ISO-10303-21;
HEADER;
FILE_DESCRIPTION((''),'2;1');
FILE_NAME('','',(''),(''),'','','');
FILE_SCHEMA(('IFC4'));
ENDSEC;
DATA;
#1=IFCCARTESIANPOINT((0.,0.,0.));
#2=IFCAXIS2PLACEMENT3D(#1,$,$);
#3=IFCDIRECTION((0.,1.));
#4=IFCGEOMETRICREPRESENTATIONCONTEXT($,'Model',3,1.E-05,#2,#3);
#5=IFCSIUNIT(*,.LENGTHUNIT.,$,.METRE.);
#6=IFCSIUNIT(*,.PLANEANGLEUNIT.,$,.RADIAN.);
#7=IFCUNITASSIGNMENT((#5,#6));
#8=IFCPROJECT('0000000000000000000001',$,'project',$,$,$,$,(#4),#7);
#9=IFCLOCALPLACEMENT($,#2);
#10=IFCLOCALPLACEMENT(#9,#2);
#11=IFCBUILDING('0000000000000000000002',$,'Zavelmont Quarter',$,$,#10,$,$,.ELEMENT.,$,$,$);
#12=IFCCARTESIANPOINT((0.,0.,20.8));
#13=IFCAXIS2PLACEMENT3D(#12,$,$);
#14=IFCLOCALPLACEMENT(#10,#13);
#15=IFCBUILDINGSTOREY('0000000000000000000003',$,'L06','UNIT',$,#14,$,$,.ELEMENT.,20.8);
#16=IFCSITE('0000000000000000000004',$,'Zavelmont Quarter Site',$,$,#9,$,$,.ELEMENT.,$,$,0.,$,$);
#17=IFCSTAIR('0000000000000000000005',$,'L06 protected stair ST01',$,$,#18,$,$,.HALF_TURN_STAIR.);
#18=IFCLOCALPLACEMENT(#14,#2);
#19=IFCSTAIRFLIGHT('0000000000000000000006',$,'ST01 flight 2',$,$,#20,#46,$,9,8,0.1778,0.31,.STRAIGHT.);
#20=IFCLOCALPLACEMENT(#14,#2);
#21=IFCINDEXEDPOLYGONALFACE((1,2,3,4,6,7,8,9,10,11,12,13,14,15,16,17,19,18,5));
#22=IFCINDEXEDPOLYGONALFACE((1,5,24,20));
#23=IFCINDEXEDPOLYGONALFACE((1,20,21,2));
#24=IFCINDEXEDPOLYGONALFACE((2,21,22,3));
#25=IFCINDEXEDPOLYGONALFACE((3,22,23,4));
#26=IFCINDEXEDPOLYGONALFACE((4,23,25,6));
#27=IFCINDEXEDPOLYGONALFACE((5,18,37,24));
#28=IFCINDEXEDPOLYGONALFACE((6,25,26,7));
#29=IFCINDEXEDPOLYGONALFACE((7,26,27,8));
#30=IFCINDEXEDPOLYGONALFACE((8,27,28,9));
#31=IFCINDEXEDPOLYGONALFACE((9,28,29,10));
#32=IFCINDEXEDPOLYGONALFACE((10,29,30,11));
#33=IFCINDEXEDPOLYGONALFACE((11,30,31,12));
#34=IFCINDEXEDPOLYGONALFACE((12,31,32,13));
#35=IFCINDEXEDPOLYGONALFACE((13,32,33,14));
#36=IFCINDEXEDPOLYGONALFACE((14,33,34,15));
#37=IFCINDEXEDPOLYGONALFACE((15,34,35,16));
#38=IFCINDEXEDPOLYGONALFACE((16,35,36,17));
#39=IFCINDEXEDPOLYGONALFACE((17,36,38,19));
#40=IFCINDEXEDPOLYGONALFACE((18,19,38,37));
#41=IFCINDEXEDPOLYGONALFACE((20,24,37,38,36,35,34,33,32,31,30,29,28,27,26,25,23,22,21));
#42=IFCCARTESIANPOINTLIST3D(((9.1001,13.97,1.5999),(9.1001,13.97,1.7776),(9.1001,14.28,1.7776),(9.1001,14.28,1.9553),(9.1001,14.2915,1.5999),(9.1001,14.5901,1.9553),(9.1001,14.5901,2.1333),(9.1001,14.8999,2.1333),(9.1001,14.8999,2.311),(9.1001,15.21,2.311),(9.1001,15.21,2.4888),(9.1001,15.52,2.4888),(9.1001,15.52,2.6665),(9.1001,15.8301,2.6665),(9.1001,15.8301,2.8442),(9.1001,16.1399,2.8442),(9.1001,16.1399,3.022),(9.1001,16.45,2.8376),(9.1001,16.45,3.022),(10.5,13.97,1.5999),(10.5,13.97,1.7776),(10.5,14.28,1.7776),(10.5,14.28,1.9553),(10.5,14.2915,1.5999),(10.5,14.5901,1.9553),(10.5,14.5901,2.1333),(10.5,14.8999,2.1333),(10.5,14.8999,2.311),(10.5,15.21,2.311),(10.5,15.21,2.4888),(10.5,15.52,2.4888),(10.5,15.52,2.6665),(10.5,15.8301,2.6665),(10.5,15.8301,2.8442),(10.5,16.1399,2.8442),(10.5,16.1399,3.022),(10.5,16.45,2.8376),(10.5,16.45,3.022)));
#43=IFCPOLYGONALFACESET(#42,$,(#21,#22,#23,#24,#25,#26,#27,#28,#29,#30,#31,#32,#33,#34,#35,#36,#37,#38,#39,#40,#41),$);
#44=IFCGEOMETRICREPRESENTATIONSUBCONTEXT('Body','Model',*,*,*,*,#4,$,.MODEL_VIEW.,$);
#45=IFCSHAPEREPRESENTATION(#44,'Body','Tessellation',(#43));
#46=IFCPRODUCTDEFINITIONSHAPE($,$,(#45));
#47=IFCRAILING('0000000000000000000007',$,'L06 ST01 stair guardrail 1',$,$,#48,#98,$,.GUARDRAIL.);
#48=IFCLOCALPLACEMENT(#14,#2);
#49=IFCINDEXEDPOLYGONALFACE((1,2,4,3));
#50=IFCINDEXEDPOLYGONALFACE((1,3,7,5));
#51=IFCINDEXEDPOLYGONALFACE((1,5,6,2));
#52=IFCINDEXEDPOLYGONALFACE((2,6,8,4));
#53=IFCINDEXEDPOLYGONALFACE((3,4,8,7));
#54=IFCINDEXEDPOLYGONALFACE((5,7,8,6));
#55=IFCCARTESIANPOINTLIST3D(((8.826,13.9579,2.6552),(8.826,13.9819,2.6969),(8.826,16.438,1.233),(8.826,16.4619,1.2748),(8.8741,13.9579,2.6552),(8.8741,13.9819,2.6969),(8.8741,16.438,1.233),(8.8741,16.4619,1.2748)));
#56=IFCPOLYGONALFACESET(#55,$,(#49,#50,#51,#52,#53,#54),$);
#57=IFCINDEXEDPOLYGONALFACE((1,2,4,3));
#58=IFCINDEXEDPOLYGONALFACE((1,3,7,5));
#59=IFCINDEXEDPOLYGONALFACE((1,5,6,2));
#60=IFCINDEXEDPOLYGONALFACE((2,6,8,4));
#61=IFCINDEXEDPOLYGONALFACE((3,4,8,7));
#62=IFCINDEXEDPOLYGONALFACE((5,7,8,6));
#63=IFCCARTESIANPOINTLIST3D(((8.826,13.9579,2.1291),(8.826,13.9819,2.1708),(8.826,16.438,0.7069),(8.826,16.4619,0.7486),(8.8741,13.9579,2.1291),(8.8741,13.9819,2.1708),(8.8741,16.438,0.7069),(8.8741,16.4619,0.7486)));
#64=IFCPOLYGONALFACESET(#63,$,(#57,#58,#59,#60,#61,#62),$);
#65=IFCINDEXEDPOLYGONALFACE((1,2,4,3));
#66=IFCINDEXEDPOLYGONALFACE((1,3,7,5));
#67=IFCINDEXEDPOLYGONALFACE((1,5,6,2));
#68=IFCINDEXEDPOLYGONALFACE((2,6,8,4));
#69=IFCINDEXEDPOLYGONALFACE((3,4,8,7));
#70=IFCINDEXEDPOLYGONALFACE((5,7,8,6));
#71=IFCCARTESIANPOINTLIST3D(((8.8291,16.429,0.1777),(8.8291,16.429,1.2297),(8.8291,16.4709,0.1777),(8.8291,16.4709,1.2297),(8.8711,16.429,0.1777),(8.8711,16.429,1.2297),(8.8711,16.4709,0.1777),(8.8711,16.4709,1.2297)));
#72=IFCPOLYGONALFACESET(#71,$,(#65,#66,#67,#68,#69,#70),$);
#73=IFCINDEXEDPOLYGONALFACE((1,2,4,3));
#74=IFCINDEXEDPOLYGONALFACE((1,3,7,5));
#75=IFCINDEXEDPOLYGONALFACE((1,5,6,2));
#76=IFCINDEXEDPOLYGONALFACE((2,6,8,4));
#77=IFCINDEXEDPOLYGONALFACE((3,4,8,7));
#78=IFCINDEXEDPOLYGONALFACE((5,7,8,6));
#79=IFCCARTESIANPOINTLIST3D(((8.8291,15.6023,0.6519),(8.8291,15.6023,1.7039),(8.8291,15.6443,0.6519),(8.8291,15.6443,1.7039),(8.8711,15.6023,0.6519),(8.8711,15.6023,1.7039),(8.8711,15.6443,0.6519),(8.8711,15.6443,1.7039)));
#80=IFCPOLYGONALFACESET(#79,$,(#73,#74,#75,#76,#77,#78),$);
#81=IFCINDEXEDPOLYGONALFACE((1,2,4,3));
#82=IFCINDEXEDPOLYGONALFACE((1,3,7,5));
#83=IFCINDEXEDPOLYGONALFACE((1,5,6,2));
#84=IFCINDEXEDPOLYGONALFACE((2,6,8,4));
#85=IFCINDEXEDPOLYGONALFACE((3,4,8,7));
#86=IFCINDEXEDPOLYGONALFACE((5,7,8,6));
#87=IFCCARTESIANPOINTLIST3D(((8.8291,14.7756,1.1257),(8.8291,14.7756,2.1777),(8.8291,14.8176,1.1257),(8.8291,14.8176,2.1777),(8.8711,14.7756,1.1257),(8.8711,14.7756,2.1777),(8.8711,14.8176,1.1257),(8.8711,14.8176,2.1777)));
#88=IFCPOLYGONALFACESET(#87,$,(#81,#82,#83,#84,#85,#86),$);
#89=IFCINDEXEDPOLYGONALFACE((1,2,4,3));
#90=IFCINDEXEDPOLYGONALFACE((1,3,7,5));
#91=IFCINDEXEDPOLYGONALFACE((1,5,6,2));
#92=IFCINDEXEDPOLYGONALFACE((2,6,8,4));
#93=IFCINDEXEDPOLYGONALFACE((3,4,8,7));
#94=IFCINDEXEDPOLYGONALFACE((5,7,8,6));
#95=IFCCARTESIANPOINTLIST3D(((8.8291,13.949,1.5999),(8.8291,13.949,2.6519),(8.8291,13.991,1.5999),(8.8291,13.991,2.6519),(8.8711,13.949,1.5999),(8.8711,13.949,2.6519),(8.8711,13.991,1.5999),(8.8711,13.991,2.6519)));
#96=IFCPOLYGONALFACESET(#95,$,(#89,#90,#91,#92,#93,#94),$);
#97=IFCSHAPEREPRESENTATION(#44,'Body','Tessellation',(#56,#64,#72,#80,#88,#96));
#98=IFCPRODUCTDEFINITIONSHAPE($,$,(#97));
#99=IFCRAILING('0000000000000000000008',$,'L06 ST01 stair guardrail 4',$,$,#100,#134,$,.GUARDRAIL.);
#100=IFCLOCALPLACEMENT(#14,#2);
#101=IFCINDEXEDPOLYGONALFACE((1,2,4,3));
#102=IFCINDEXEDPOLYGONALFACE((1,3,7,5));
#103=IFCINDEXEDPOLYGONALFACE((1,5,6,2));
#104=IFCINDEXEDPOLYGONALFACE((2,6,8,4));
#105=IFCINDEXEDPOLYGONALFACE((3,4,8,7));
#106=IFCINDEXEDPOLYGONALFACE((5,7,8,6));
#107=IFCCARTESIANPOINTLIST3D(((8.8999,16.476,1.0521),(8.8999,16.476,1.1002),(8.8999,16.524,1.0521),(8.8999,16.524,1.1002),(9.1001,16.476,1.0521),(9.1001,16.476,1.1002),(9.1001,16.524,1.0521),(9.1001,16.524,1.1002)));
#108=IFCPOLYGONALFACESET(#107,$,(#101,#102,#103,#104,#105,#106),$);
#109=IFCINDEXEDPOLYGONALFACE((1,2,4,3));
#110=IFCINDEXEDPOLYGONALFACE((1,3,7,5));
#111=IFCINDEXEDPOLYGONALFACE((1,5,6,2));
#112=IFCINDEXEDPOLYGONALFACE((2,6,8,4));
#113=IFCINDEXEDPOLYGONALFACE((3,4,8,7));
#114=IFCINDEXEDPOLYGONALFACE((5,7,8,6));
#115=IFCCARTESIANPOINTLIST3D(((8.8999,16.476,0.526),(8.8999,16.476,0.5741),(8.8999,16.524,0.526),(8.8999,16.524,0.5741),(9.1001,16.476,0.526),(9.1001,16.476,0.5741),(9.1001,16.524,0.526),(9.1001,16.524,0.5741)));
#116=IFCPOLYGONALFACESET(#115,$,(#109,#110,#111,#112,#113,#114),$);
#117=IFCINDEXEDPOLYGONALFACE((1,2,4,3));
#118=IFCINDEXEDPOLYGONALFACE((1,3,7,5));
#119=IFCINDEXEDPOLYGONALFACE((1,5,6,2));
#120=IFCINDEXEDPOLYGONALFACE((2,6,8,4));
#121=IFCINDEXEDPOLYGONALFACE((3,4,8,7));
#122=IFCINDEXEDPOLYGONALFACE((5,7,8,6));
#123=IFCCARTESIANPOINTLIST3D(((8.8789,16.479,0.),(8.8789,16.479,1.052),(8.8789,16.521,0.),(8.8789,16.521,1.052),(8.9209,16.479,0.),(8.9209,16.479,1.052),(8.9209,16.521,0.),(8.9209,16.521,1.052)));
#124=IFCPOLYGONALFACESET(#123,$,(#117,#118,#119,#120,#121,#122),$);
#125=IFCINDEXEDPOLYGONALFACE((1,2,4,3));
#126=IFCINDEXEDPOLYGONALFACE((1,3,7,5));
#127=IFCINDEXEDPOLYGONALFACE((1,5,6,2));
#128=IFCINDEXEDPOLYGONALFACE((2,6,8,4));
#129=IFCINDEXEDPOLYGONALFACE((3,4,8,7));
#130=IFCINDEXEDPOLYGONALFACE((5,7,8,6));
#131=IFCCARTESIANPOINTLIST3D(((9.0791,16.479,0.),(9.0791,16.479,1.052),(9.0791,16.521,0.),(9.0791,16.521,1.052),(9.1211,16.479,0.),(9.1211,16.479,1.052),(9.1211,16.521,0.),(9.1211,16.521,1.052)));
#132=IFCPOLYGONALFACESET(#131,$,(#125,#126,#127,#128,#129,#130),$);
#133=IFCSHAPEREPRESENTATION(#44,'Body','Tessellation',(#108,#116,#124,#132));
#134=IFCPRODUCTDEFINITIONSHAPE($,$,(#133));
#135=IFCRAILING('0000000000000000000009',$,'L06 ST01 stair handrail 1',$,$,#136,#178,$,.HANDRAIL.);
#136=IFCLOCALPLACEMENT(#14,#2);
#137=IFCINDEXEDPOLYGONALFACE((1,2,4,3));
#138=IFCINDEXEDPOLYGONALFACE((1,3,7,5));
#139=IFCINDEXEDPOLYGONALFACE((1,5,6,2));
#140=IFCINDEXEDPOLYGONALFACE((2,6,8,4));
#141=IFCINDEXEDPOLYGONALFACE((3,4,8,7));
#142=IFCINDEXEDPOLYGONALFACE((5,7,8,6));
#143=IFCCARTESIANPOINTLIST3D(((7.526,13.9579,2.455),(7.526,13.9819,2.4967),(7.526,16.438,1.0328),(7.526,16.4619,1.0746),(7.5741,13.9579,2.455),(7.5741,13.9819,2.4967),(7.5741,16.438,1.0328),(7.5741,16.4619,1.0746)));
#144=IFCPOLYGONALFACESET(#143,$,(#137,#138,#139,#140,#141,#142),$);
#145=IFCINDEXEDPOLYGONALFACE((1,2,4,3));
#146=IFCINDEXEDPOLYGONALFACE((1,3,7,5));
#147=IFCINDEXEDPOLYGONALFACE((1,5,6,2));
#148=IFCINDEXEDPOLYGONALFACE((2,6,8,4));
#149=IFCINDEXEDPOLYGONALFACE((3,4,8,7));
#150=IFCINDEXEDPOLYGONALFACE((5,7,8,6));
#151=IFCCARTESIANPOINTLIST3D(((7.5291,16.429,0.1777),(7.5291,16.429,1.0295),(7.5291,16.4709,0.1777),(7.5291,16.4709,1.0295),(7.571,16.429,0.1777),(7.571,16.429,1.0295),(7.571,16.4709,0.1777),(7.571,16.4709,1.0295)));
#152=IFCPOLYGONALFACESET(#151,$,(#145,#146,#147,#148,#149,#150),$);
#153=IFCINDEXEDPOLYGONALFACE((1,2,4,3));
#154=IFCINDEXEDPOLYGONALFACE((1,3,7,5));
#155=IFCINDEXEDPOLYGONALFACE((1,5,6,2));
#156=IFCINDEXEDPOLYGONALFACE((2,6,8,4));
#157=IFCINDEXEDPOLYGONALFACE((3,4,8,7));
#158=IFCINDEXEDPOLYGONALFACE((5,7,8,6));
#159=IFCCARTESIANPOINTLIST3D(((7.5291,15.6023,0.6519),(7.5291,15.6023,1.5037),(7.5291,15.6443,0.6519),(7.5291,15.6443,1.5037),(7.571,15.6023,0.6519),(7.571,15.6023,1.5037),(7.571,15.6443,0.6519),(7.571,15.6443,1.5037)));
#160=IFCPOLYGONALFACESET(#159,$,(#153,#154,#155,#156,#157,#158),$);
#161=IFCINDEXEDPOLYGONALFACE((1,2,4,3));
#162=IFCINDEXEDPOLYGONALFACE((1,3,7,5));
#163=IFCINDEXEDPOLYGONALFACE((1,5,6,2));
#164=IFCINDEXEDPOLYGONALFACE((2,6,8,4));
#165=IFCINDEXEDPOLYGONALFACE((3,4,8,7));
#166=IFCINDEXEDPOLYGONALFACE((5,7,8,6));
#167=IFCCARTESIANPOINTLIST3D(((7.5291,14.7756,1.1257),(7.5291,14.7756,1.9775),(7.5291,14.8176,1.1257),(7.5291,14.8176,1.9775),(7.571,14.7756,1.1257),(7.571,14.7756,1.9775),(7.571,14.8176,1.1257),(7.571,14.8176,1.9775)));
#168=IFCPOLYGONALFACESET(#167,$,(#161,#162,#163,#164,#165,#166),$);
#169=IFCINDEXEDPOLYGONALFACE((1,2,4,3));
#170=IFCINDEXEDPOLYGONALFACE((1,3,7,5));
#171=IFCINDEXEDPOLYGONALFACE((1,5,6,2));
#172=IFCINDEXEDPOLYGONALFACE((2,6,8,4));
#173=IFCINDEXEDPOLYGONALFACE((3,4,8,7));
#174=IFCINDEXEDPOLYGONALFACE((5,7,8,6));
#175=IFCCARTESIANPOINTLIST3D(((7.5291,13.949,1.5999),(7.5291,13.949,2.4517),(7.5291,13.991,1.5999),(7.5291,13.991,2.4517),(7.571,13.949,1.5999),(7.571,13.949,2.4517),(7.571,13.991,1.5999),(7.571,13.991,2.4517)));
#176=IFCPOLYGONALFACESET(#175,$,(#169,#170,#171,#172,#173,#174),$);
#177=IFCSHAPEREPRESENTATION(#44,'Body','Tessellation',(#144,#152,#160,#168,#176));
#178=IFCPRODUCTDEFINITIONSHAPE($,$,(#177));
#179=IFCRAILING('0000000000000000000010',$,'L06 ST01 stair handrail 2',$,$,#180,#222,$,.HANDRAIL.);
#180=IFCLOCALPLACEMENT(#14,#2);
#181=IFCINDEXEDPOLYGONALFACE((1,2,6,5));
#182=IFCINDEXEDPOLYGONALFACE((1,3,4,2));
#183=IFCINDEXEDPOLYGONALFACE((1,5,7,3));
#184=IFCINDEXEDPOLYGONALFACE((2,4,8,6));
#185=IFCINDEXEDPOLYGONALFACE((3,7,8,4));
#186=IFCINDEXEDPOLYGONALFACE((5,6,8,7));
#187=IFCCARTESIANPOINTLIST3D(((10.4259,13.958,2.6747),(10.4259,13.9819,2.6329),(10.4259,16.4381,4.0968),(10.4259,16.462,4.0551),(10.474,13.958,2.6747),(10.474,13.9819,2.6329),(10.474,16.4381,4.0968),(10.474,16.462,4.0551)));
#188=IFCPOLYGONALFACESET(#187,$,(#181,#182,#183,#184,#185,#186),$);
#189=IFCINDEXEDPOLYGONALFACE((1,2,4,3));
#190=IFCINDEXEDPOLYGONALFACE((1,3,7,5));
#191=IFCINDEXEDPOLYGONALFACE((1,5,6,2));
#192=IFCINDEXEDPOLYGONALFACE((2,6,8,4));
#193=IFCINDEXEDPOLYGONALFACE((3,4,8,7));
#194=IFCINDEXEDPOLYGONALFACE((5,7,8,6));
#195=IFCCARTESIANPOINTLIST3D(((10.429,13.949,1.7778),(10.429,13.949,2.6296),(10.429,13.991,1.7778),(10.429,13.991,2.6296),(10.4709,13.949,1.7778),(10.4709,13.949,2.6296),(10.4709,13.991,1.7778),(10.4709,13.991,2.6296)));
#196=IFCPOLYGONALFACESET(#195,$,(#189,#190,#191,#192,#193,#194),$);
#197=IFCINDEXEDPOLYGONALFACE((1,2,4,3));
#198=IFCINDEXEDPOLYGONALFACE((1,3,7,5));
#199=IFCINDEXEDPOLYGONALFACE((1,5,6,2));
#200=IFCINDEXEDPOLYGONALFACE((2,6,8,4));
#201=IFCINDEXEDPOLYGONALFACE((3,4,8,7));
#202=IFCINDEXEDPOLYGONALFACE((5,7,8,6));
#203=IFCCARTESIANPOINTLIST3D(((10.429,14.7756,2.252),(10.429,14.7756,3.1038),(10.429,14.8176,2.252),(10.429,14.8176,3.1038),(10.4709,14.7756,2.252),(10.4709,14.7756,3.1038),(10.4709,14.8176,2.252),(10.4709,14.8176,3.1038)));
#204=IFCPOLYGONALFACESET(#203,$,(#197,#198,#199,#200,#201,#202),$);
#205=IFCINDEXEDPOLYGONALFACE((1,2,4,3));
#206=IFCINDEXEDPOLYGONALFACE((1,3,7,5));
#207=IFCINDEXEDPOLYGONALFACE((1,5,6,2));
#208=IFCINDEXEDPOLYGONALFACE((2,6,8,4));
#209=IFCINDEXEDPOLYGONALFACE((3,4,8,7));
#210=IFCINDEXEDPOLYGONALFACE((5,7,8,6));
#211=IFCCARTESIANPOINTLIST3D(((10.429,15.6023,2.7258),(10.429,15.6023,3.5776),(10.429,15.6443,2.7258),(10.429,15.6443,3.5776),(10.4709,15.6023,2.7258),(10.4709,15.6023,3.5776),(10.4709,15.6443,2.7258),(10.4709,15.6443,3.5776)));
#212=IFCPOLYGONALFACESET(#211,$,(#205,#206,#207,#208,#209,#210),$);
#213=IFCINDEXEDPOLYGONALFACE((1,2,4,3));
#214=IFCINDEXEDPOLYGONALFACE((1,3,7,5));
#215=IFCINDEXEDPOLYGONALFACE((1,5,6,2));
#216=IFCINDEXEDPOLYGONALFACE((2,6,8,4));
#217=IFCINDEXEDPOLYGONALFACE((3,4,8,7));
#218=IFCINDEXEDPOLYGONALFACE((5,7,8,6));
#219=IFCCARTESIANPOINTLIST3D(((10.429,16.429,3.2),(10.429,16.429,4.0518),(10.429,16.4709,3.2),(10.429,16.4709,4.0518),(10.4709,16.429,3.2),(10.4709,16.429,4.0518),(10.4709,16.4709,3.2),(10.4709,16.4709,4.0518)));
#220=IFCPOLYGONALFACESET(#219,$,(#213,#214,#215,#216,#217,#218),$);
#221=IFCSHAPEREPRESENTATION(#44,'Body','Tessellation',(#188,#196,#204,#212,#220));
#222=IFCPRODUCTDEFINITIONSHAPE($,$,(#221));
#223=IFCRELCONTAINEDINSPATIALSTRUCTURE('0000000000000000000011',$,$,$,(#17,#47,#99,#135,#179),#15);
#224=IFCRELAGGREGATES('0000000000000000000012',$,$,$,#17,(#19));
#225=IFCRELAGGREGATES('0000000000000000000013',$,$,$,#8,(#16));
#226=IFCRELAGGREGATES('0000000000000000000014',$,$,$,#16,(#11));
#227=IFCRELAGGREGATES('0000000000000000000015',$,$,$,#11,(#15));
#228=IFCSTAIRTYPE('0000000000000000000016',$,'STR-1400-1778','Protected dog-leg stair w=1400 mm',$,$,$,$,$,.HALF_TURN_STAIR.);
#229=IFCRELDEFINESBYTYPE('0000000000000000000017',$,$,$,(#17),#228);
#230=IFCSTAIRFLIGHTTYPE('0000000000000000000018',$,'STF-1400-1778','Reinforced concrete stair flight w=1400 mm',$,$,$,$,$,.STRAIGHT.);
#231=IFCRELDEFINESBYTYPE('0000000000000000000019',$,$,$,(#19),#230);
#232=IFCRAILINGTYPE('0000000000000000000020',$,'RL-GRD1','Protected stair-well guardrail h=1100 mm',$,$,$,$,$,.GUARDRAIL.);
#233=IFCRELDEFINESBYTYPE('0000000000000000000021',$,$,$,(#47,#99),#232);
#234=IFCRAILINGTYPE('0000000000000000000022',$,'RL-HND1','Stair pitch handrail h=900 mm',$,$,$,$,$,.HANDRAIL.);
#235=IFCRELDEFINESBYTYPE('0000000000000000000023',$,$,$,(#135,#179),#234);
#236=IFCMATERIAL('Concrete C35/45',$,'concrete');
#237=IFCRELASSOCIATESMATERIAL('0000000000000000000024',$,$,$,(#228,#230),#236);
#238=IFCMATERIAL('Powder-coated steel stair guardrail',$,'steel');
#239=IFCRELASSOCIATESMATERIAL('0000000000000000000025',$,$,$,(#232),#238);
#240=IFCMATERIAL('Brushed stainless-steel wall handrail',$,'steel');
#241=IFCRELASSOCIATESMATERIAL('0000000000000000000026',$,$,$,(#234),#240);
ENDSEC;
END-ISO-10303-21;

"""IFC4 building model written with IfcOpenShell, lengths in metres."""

from ifc_helpers import new_model, si_unit, direction, frame, origin, origin_2d, place, context, subcontext, project, spatial, polyline, rectangle, outline, extrude, material, type_object, element, aggregate, save


model = new_model("IFC4")

# Units and contexts
model_context = context("Model", 3, precision=1e-05, world=origin(), true_north=direction((0.0, 1.0)))
body_context = subcontext(model_context, "Body", "Model", "MODEL_VIEW")
ifc_project = project(units=[si_unit("LENGTHUNIT", "METRE"), si_unit("PLANEANGLEUNIT", "RADIAN")], contexts=[model_context])

# Site, building, storey
site_placement = place(None, origin())
site = spatial("IfcSite", under=ifc_project, at=site_placement, Name="Zavelmont Quarter Site", CompositionType="ELEMENT", RefElevation=0.0)
building_placement = place(site_placement, origin())
building = spatial("IfcBuilding", under=site, at=building_placement, Name="Zavelmont Quarter", CompositionType="ELEMENT")
storey_placement = place(building_placement, frame((0.0, 0.0, 20.8)))
storey = spatial("IfcBuildingStorey", under=building, at=storey_placement, Name="L06", Description="UNIT", CompositionType="ELEMENT", Elevation=20.8)

# Shared definitions
ifc_material_1 = material(Name="Concrete C35/45", Category="concrete")

# Stair, stair flight
stair_type = type_object("IfcStairType", Name="STR-1400-1778", Description="Protected dog-leg stair w=1400 mm", PredefinedType="HALF_TURN_STAIR", material=ifc_material_1)
stair_placement = place(storey_placement, origin())
stair = element("IfcStair", 1, at=stair_placement, inside=storey, type_object=stair_type, Name="L06 protected stair ST01", PredefinedType="HALF_TURN_STAIR")
stair_flight_type = type_object("IfcStairFlightType", Name="STF-1400-1778", Description="Reinforced concrete stair flight w=1400 mm", PredefinedType="STRAIGHT", material=ifc_material_1)
stair_flight_1_placement = place(storey_placement, frame((9.8, 13.97, 1.5999), z_axis=(0.0, 0.0, 1.0), x_axis=(0.0, 1.0, 0.0)))
stair_flight_1 = element("IfcStairFlight", 2, at=stair_flight_1_placement, type_object=stair_flight_type, Name="ST01 flight 2", NumberOfRisers=9, NumberOfTreads=8, PredefinedType="STRAIGHT", RiserHeight=0.1778, TreadLength=0.31, context=body_context, shape_type="SweptSolid", body=[
    extrude(outline(polyline([(0.0, 0.0), (0.0, 0.1777), (0.3101, 0.1777), (0.3101, 0.3555), (0.6201, 0.3555), (0.6201, 0.5334), (0.9299, 0.5334), (0.9299, 0.7112), (1.24, 0.7112), (1.24, 0.8889), (1.55, 0.8889), (1.55, 1.0667), (1.8601, 1.0667), (1.8601, 1.2444), (2.1699, 1.2444), (2.1699, 1.4221), (2.48, 1.4221), (2.48, 1.6001), (2.48, 1.2378), (0.3215, 0.0), (0.0, 0.0)])), frame((0.0, 0.7, 0.0), z_axis=(0.0, -1.0, 0.0), x_axis=(1.0, 0.0, 0.0)), (0.0, 0.0, 1.0), 1.3999),
])
aggregate(stair, [stair_flight_1])

# Railings
ifc_material_2 = material(Name="Powder-coated steel stair guardrail", Category="steel")
railing_type_1 = type_object("IfcRailingType", Name="RL-GRD1", Description="Protected stair-well guardrail h=1100 mm", PredefinedType="GUARDRAIL", material=ifc_material_2)
railing_1_placement = place(storey_placement, frame((8.8501, 16.45, 0.1777)))
element("IfcRailing", 3, at=railing_1_placement, inside=storey, type_object=railing_type_1, Name="L06 ST01 stair guardrail 1", PredefinedType="GUARDRAIL", context=body_context, shape_type="SweptSolid", body=[
    extrude(rectangle(XDim=0.0481, YDim=0.0481, at=origin_2d()), frame((0.0, 0.0, 1.0762), z_axis=(0.0, -0.867491, 0.497454), x_axis=(1.0, 0.0, 0.0)), (0.0, 0.0, 1.0), 2.8589),
    extrude(rectangle(XDim=0.0481, YDim=0.0481, at=origin_2d()), frame((0.0, 0.0, 0.55), z_axis=(0.0, -0.867491, 0.497454), x_axis=(1.0, 0.0, 0.0)), (0.0, 0.0, 1.0), 2.8589),
    extrude(rectangle(XDim=0.042, YDim=0.042, at=origin_2d()), origin(), (0.0, 0.0, 1.0), 1.052),
    extrude(rectangle(XDim=0.042, YDim=0.042, at=origin_2d()), frame((0.0, -0.8267, 0.4741)), (0.0, 0.0, 1.0), 1.052),
    extrude(rectangle(XDim=0.042, YDim=0.042, at=origin_2d()), frame((0.0, -1.6533, 0.948)), (0.0, 0.0, 1.0), 1.052),
    extrude(rectangle(XDim=0.042, YDim=0.042, at=origin_2d()), frame((0.0, -2.48, 1.4221)), (0.0, 0.0, 1.0), 1.052),
])
railing_2_placement = place(storey_placement, frame((8.8999, 16.5, 0.0)))
element("IfcRailing", 4, at=railing_2_placement, inside=storey, type_object=railing_type_1, Name="L06 ST01 stair guardrail 4", PredefinedType="GUARDRAIL", context=body_context, shape_type="SweptSolid", body=[
    extrude(rectangle(XDim=0.0481, YDim=0.0481, at=origin_2d()), frame((0.0, 0.0, 1.0762), z_axis=(1.0, 0.0, 0.0), x_axis=(0.0, 1.0, 0.0)), (0.0, 0.0, 1.0), 0.2002),
    extrude(rectangle(XDim=0.0481, YDim=0.0481, at=origin_2d()), frame((0.0, 0.0, 0.55), z_axis=(1.0, 0.0, 0.0), x_axis=(0.0, 1.0, 0.0)), (0.0, 0.0, 1.0), 0.2002),
    extrude(rectangle(XDim=0.042, YDim=0.042, at=origin_2d()), origin(), (0.0, 0.0, 1.0), 1.052),
    extrude(rectangle(XDim=0.042, YDim=0.042, at=origin_2d()), frame((0.2002, 0.0, 0.0)), (0.0, 0.0, 1.0), 1.052),
])
ifc_material_3 = material(Name="Brushed stainless-steel wall handrail", Category="steel")
railing_type_2 = type_object("IfcRailingType", Name="RL-HND1", Description="Stair pitch handrail h=900 mm", PredefinedType="HANDRAIL", material=ifc_material_3)
railing_3_placement = place(storey_placement, frame((7.55, 16.45, 0.1777)))
element("IfcRailing", 5, at=railing_3_placement, inside=storey, type_object=railing_type_2, Name="L06 ST01 stair handrail 1", PredefinedType="HANDRAIL", context=body_context, shape_type="SweptSolid", body=[
    extrude(rectangle(XDim=0.0481, YDim=0.0481, at=origin_2d()), frame((0.0, 0.0, 0.876), z_axis=(0.0, -0.867491, 0.497454), x_axis=(1.0, 0.0, 0.0)), (0.0, 0.0, 1.0), 2.8589),
    extrude(rectangle(XDim=0.042, YDim=0.042, at=origin_2d()), origin(), (0.0, 0.0, 1.0), 0.8518),
    extrude(rectangle(XDim=0.042, YDim=0.042, at=origin_2d()), frame((0.0, -0.8267, 0.4741)), (0.0, 0.0, 1.0), 0.8518),
    extrude(rectangle(XDim=0.042, YDim=0.042, at=origin_2d()), frame((0.0, -1.6533, 0.948)), (0.0, 0.0, 1.0), 0.8518),
    extrude(rectangle(XDim=0.042, YDim=0.042, at=origin_2d()), frame((0.0, -2.48, 1.4221)), (0.0, 0.0, 1.0), 0.8518),
])
railing_4_placement = place(storey_placement, frame((10.45, 13.97, 1.7778)))
element("IfcRailing", 6, at=railing_4_placement, inside=storey, type_object=railing_type_2, Name="L06 ST01 stair handrail 2", PredefinedType="HANDRAIL", context=body_context, shape_type="SweptSolid", body=[
    extrude(rectangle(XDim=0.0481, YDim=0.0481, at=origin_2d()), frame((0.0, 0.0, 0.876), z_axis=(0.0, 0.867491, 0.497454), x_axis=(-1.0, 0.0, 0.0)), (0.0, 0.0, 1.0), 2.8589),
    extrude(rectangle(XDim=0.042, YDim=0.042, at=origin_2d()), origin(), (0.0, 0.0, 1.0), 0.8518),
    extrude(rectangle(XDim=0.042, YDim=0.042, at=origin_2d()), frame((0.0, 0.8267, 0.4741)), (0.0, 0.0, 1.0), 0.8518),
    extrude(rectangle(XDim=0.042, YDim=0.042, at=origin_2d()), frame((0.0, 1.6533, 0.948)), (0.0, 0.0, 1.0), 0.8518),
    extrude(rectangle(XDim=0.042, YDim=0.042, at=origin_2d()), frame((0.0, 2.48, 1.4221)), (0.0, 0.0, 1.0), 0.8518),
])

save(model, "model.ifc")
